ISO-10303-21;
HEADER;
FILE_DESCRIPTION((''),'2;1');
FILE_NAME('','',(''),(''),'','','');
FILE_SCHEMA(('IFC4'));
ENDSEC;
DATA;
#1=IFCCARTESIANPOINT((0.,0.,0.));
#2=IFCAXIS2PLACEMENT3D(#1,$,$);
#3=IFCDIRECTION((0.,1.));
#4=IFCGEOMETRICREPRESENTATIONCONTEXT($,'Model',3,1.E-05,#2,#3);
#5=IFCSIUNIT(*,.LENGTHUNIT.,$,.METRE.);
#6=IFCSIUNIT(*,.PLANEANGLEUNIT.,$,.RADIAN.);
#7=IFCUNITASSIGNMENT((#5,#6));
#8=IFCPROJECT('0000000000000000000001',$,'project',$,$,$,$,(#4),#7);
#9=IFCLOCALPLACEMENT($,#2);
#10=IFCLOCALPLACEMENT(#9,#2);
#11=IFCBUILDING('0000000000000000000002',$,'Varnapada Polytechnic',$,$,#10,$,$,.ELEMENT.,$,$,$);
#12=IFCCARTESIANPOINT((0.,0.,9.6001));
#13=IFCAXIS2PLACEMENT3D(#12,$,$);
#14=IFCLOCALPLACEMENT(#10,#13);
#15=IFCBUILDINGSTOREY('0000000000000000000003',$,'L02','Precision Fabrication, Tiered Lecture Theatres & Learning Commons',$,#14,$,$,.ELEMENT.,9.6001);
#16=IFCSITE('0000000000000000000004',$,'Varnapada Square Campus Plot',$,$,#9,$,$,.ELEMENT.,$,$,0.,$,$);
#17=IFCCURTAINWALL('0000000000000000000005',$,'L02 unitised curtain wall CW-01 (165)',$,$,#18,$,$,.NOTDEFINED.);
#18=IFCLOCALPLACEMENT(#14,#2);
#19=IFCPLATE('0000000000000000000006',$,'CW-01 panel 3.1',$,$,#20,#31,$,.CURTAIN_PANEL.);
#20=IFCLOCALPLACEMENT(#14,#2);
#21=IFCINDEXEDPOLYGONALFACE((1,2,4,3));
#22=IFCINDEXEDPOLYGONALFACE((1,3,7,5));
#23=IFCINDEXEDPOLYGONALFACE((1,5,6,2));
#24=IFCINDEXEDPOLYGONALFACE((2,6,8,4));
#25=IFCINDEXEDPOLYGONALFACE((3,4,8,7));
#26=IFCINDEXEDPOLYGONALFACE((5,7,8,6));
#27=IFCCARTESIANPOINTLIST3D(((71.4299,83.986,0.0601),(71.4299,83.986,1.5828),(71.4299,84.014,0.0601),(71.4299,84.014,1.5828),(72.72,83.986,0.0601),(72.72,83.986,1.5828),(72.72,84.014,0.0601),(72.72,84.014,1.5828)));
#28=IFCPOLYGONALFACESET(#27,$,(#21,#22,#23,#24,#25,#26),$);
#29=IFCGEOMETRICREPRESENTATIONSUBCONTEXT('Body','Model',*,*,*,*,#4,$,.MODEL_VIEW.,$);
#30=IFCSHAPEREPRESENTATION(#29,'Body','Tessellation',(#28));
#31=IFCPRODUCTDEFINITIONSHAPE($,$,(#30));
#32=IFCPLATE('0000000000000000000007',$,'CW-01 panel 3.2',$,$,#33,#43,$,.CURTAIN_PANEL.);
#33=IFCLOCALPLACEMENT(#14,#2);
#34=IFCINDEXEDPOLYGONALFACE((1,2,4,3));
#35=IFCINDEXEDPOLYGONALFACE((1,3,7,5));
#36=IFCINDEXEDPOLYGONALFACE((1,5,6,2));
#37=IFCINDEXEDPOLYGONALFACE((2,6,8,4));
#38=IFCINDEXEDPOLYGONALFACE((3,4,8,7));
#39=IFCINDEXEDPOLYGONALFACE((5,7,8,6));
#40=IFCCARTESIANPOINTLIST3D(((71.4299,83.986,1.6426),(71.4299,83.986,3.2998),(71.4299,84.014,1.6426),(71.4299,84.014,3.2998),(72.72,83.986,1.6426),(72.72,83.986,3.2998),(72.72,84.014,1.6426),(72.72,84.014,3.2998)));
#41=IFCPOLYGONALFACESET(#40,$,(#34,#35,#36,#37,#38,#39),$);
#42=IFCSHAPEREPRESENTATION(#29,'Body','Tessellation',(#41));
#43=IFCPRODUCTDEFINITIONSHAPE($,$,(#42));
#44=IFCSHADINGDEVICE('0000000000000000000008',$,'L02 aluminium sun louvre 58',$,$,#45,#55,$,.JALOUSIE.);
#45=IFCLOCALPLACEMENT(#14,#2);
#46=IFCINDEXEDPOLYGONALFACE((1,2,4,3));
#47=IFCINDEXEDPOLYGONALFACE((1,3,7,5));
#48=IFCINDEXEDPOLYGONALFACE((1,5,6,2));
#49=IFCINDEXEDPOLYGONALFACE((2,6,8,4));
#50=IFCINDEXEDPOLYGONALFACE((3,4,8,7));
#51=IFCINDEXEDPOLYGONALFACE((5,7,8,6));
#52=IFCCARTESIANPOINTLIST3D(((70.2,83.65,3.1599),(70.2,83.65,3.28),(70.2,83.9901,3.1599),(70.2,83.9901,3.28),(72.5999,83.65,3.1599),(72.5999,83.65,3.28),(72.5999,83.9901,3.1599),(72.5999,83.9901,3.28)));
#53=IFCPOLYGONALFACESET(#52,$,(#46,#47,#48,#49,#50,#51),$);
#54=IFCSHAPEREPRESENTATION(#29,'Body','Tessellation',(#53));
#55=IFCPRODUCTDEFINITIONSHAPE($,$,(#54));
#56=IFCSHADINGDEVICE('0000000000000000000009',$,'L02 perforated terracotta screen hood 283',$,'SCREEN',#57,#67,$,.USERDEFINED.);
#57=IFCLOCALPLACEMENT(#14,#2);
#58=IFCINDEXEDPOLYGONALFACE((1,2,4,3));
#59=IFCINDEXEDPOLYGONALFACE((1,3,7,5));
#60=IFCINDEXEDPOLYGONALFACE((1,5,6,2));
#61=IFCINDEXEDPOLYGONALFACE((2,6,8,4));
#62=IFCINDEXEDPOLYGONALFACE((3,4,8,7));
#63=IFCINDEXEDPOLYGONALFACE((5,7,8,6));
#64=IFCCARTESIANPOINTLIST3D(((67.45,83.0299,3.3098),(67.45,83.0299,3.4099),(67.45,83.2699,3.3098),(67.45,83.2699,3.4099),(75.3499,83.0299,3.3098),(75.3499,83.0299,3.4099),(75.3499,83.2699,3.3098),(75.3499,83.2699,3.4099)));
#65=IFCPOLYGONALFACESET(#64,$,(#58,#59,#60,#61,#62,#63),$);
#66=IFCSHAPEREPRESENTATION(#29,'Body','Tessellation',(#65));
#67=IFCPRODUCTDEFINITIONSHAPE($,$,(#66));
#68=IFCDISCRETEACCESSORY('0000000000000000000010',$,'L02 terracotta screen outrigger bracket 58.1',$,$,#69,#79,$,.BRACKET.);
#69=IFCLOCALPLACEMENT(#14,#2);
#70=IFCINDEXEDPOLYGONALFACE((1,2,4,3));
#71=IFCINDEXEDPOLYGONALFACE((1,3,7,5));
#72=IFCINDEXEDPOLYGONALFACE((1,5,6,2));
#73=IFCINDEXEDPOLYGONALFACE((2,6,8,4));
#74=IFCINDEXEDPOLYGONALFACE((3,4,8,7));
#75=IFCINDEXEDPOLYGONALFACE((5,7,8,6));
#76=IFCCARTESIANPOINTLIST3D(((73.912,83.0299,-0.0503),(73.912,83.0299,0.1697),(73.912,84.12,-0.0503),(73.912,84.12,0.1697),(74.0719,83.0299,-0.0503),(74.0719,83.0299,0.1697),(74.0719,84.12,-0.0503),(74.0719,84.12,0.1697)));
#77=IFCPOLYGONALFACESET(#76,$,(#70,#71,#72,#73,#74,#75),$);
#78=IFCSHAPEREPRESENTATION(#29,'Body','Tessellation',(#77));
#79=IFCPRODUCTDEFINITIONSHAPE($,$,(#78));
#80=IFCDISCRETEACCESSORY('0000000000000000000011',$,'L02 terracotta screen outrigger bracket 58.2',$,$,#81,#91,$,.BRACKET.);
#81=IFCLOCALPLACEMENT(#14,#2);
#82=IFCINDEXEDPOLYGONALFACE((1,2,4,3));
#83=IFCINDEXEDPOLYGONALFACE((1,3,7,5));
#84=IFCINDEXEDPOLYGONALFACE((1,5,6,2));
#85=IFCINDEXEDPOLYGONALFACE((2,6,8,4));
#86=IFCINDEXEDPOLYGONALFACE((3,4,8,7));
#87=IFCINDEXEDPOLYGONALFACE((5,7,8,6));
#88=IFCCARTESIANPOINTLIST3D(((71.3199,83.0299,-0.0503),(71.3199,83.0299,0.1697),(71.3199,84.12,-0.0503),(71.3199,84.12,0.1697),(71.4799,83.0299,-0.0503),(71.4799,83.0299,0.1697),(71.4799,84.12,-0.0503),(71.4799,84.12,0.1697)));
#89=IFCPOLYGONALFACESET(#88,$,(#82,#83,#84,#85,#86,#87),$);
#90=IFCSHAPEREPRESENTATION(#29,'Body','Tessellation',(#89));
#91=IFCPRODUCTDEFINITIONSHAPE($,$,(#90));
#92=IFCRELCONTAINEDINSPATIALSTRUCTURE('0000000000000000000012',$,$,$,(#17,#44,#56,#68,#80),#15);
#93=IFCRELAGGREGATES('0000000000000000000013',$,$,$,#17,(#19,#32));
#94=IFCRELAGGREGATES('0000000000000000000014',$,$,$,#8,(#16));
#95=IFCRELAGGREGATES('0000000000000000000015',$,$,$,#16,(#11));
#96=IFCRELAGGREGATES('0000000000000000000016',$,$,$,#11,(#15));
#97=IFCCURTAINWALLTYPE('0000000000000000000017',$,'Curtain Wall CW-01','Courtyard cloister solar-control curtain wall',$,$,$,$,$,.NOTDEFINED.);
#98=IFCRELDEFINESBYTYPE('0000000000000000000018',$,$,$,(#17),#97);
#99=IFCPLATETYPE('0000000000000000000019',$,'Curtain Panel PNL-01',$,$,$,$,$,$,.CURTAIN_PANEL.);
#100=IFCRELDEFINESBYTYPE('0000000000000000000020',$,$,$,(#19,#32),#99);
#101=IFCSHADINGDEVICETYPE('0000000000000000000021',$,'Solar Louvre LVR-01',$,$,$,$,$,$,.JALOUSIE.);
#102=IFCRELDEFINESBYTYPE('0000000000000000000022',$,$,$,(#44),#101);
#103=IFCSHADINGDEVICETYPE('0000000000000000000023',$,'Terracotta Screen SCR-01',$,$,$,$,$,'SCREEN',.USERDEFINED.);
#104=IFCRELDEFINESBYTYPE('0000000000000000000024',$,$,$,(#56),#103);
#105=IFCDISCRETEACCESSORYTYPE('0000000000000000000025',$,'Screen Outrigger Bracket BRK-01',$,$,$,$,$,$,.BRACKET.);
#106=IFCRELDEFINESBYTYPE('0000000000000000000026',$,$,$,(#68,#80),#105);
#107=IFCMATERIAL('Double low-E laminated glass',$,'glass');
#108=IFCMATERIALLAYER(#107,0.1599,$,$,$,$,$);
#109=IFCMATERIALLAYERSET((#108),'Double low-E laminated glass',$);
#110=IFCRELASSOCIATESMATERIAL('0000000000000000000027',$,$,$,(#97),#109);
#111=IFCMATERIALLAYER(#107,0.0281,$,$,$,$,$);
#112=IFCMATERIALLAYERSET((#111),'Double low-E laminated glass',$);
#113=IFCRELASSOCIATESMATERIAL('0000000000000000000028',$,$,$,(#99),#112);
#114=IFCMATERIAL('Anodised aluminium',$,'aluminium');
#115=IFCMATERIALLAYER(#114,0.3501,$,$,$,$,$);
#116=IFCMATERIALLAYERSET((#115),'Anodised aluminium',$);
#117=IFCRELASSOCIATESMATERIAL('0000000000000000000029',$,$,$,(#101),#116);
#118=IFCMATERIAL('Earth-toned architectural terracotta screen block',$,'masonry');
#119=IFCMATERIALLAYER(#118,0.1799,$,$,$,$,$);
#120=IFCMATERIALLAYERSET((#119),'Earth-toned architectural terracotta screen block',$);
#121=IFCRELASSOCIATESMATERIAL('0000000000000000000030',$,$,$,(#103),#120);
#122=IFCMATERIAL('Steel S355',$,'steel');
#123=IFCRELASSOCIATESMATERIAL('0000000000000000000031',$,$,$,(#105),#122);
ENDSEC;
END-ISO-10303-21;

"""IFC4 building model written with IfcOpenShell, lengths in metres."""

from ifc_helpers import new_model, si_unit, direction, frame, origin, origin_2d, place, context, subcontext, project, spatial, rectangle, extrude, material, layer, layer_set, type_object, element, aggregate, save


model = new_model("IFC4")

# Units and contexts
model_context = context("Model", 3, precision=1e-05, world=origin(), true_north=direction((0.0, 1.0)))
body_context = subcontext(model_context, "Body", "Model", "MODEL_VIEW")
ifc_project = project(units=[si_unit("LENGTHUNIT", "METRE"), si_unit("PLANEANGLEUNIT", "RADIAN")], contexts=[model_context])

# Site, building, storey
site_placement = place(None, origin())
site = spatial("IfcSite", under=ifc_project, at=site_placement, Name="Varnapada Square Campus Plot", CompositionType="ELEMENT", RefElevation=0.0)
building_placement = place(site_placement, origin())
building = spatial("IfcBuilding", under=site, at=building_placement, Name="Varnapada Polytechnic", CompositionType="ELEMENT")
storey_placement = place(building_placement, frame((0.0, 0.0, 9.6001)))
storey = spatial("IfcBuildingStorey", under=building, at=storey_placement, Name="L02", Description="Precision Fabrication, Tiered Lecture Theatres & Learning Commons", CompositionType="ELEMENT", Elevation=9.6001)

# Curtain wall, plates
ifc_material_1 = material(Name="Double low-E laminated glass", Category="glass")
ifc_layer_1 = layer(ifc_material_1, 0.1599)
ifc_layer_set_1 = layer_set([ifc_layer_1], Name="Double low-E laminated glass")
curtain_wall_type = type_object("IfcCurtainWallType", Name="Curtain Wall CW-01", Description="Courtyard cloister solar-control curtain wall", PredefinedType="NOTDEFINED", material=ifc_layer_set_1)
curtain_wall_placement = place(storey_placement, origin())
curtain_wall = element("IfcCurtainWall", 1, at=curtain_wall_placement, inside=storey, type_object=curtain_wall_type, Name="L02 unitised curtain wall CW-01 (165)", PredefinedType="NOTDEFINED")
ifc_material_2 = material(Name="Anodised aluminium", Category="aluminium")
ifc_layer_2 = layer(ifc_material_1, 0.0281)
ifc_layer_set_2 = layer_set([ifc_layer_2], Name="Double low-E laminated glass")
plate_type = type_object("IfcPlateType", Name="Curtain Panel PNL-01", PredefinedType="CURTAIN_PANEL", material=ifc_layer_set_2)
plate_1_placement = place(storey_placement, frame((72.075, 84.0, 0.0601), z_axis=(0.0, 0.0, 1.0), x_axis=(-1.0, 0.0, 0.0)))
plate_1 = element("IfcPlate", 2, at=plate_1_placement, type_object=plate_type, Name="CW-01 panel 3.1", PredefinedType="CURTAIN_PANEL", context=body_context, shape_type="SweptSolid", body=[
    extrude(rectangle(XDim=1.29, YDim=0.0281, at=origin_2d()), origin(), (0.0, 0.0, 1.0), 1.5227),
])
plate_2_placement = place(storey_placement, frame((72.075, 84.0, 1.6426), z_axis=(0.0, 0.0, 1.0), x_axis=(-1.0, 0.0, 0.0)))
plate_2 = element("IfcPlate", 3, at=plate_2_placement, type_object=plate_type, Name="CW-01 panel 3.2", PredefinedType="CURTAIN_PANEL", context=body_context, shape_type="SweptSolid", body=[
    extrude(rectangle(XDim=1.29, YDim=0.0281, at=origin_2d()), origin(), (0.0, 0.0, 1.0), 1.6572),
])
aggregate(curtain_wall, [plate_1, plate_2])

# Shading devices
ifc_layer_3 = layer(ifc_material_2, 0.3501)
ifc_layer_set_3 = layer_set([ifc_layer_3], Name="Anodised aluminium")
shading_device_type_1 = type_object("IfcShadingDeviceType", Name="Solar Louvre LVR-01", PredefinedType="JALOUSIE", material=ifc_layer_set_3)
shading_device_1_placement = place(storey_placement, frame((71.3999, 83.8201, 3.1599), z_axis=(0.0, 0.0, 1.0), x_axis=(-1.0, 0.0, 0.0)))
element("IfcShadingDevice", 4, at=shading_device_1_placement, inside=storey, type_object=shading_device_type_1, Name="L02 aluminium sun louvre 58", PredefinedType="JALOUSIE", context=body_context, shape_type="SweptSolid", body=[
    extrude(rectangle(XDim=2.3999, YDim=0.3401, at=origin_2d()), origin(), (0.0, 0.0, 1.0), 0.1201),
])
ifc_material_3 = material(Name="Earth-toned architectural terracotta screen block", Category="masonry")
ifc_layer_4 = layer(ifc_material_3, 0.1799)
ifc_layer_set_4 = layer_set([ifc_layer_4], Name="Earth-toned architectural terracotta screen block")
shading_device_type_2 = type_object("IfcShadingDeviceType", Name="Terracotta Screen SCR-01", ElementType="SCREEN", PredefinedType="USERDEFINED", material=ifc_layer_set_4)
shading_device_2_placement = place(storey_placement, frame((71.3999, 83.1499, 3.3098), z_axis=(0.0, 0.0, 1.0), x_axis=(-1.0, 0.0, 0.0)))
element("IfcShadingDevice", 5, at=shading_device_2_placement, inside=storey, type_object=shading_device_type_2, Name="L02 perforated terracotta screen hood 283", ObjectType="SCREEN", PredefinedType="USERDEFINED", context=body_context, shape_type="SweptSolid", body=[
    extrude(rectangle(XDim=7.8999, YDim=0.24, at=origin_2d()), origin(), (0.0, 0.0, 1.0), 0.1001),
])

# Discrete accessories
ifc_material_4 = material(Name="Steel S355", Category="steel")
discrete_accessory_type = type_object("IfcDiscreteAccessoryType", Name="Screen Outrigger Bracket BRK-01", PredefinedType="BRACKET", material=ifc_material_4)
for number, where, z_axis, x_axis, name in (
    (6, (73.9919, 83.575, -0.0503), (0.0, 0.0, 1.0), (-1.0, 0.0, 0.0), "L02 terracotta screen outrigger bracket 58.1"),
    (7, (71.3999, 83.575, -0.0503), (0.0, 0.0, 1.0), (-1.0, 0.0, 0.0), "L02 terracotta screen outrigger bracket 58.2"),
):
    element("IfcDiscreteAccessory", number, at=place(storey_placement, frame(where, z_axis=z_axis, x_axis=x_axis)), inside=storey, type_object=discrete_accessory_type, Name=name, PredefinedType="BRACKET", context=body_context, shape_type="SweptSolid", body=[
        extrude(rectangle(XDim=0.1599, YDim=1.0901, at=origin_2d()), origin(), (0.0, 0.0, 1.0), 0.22),
    ])

save(model, "model.ifc")
